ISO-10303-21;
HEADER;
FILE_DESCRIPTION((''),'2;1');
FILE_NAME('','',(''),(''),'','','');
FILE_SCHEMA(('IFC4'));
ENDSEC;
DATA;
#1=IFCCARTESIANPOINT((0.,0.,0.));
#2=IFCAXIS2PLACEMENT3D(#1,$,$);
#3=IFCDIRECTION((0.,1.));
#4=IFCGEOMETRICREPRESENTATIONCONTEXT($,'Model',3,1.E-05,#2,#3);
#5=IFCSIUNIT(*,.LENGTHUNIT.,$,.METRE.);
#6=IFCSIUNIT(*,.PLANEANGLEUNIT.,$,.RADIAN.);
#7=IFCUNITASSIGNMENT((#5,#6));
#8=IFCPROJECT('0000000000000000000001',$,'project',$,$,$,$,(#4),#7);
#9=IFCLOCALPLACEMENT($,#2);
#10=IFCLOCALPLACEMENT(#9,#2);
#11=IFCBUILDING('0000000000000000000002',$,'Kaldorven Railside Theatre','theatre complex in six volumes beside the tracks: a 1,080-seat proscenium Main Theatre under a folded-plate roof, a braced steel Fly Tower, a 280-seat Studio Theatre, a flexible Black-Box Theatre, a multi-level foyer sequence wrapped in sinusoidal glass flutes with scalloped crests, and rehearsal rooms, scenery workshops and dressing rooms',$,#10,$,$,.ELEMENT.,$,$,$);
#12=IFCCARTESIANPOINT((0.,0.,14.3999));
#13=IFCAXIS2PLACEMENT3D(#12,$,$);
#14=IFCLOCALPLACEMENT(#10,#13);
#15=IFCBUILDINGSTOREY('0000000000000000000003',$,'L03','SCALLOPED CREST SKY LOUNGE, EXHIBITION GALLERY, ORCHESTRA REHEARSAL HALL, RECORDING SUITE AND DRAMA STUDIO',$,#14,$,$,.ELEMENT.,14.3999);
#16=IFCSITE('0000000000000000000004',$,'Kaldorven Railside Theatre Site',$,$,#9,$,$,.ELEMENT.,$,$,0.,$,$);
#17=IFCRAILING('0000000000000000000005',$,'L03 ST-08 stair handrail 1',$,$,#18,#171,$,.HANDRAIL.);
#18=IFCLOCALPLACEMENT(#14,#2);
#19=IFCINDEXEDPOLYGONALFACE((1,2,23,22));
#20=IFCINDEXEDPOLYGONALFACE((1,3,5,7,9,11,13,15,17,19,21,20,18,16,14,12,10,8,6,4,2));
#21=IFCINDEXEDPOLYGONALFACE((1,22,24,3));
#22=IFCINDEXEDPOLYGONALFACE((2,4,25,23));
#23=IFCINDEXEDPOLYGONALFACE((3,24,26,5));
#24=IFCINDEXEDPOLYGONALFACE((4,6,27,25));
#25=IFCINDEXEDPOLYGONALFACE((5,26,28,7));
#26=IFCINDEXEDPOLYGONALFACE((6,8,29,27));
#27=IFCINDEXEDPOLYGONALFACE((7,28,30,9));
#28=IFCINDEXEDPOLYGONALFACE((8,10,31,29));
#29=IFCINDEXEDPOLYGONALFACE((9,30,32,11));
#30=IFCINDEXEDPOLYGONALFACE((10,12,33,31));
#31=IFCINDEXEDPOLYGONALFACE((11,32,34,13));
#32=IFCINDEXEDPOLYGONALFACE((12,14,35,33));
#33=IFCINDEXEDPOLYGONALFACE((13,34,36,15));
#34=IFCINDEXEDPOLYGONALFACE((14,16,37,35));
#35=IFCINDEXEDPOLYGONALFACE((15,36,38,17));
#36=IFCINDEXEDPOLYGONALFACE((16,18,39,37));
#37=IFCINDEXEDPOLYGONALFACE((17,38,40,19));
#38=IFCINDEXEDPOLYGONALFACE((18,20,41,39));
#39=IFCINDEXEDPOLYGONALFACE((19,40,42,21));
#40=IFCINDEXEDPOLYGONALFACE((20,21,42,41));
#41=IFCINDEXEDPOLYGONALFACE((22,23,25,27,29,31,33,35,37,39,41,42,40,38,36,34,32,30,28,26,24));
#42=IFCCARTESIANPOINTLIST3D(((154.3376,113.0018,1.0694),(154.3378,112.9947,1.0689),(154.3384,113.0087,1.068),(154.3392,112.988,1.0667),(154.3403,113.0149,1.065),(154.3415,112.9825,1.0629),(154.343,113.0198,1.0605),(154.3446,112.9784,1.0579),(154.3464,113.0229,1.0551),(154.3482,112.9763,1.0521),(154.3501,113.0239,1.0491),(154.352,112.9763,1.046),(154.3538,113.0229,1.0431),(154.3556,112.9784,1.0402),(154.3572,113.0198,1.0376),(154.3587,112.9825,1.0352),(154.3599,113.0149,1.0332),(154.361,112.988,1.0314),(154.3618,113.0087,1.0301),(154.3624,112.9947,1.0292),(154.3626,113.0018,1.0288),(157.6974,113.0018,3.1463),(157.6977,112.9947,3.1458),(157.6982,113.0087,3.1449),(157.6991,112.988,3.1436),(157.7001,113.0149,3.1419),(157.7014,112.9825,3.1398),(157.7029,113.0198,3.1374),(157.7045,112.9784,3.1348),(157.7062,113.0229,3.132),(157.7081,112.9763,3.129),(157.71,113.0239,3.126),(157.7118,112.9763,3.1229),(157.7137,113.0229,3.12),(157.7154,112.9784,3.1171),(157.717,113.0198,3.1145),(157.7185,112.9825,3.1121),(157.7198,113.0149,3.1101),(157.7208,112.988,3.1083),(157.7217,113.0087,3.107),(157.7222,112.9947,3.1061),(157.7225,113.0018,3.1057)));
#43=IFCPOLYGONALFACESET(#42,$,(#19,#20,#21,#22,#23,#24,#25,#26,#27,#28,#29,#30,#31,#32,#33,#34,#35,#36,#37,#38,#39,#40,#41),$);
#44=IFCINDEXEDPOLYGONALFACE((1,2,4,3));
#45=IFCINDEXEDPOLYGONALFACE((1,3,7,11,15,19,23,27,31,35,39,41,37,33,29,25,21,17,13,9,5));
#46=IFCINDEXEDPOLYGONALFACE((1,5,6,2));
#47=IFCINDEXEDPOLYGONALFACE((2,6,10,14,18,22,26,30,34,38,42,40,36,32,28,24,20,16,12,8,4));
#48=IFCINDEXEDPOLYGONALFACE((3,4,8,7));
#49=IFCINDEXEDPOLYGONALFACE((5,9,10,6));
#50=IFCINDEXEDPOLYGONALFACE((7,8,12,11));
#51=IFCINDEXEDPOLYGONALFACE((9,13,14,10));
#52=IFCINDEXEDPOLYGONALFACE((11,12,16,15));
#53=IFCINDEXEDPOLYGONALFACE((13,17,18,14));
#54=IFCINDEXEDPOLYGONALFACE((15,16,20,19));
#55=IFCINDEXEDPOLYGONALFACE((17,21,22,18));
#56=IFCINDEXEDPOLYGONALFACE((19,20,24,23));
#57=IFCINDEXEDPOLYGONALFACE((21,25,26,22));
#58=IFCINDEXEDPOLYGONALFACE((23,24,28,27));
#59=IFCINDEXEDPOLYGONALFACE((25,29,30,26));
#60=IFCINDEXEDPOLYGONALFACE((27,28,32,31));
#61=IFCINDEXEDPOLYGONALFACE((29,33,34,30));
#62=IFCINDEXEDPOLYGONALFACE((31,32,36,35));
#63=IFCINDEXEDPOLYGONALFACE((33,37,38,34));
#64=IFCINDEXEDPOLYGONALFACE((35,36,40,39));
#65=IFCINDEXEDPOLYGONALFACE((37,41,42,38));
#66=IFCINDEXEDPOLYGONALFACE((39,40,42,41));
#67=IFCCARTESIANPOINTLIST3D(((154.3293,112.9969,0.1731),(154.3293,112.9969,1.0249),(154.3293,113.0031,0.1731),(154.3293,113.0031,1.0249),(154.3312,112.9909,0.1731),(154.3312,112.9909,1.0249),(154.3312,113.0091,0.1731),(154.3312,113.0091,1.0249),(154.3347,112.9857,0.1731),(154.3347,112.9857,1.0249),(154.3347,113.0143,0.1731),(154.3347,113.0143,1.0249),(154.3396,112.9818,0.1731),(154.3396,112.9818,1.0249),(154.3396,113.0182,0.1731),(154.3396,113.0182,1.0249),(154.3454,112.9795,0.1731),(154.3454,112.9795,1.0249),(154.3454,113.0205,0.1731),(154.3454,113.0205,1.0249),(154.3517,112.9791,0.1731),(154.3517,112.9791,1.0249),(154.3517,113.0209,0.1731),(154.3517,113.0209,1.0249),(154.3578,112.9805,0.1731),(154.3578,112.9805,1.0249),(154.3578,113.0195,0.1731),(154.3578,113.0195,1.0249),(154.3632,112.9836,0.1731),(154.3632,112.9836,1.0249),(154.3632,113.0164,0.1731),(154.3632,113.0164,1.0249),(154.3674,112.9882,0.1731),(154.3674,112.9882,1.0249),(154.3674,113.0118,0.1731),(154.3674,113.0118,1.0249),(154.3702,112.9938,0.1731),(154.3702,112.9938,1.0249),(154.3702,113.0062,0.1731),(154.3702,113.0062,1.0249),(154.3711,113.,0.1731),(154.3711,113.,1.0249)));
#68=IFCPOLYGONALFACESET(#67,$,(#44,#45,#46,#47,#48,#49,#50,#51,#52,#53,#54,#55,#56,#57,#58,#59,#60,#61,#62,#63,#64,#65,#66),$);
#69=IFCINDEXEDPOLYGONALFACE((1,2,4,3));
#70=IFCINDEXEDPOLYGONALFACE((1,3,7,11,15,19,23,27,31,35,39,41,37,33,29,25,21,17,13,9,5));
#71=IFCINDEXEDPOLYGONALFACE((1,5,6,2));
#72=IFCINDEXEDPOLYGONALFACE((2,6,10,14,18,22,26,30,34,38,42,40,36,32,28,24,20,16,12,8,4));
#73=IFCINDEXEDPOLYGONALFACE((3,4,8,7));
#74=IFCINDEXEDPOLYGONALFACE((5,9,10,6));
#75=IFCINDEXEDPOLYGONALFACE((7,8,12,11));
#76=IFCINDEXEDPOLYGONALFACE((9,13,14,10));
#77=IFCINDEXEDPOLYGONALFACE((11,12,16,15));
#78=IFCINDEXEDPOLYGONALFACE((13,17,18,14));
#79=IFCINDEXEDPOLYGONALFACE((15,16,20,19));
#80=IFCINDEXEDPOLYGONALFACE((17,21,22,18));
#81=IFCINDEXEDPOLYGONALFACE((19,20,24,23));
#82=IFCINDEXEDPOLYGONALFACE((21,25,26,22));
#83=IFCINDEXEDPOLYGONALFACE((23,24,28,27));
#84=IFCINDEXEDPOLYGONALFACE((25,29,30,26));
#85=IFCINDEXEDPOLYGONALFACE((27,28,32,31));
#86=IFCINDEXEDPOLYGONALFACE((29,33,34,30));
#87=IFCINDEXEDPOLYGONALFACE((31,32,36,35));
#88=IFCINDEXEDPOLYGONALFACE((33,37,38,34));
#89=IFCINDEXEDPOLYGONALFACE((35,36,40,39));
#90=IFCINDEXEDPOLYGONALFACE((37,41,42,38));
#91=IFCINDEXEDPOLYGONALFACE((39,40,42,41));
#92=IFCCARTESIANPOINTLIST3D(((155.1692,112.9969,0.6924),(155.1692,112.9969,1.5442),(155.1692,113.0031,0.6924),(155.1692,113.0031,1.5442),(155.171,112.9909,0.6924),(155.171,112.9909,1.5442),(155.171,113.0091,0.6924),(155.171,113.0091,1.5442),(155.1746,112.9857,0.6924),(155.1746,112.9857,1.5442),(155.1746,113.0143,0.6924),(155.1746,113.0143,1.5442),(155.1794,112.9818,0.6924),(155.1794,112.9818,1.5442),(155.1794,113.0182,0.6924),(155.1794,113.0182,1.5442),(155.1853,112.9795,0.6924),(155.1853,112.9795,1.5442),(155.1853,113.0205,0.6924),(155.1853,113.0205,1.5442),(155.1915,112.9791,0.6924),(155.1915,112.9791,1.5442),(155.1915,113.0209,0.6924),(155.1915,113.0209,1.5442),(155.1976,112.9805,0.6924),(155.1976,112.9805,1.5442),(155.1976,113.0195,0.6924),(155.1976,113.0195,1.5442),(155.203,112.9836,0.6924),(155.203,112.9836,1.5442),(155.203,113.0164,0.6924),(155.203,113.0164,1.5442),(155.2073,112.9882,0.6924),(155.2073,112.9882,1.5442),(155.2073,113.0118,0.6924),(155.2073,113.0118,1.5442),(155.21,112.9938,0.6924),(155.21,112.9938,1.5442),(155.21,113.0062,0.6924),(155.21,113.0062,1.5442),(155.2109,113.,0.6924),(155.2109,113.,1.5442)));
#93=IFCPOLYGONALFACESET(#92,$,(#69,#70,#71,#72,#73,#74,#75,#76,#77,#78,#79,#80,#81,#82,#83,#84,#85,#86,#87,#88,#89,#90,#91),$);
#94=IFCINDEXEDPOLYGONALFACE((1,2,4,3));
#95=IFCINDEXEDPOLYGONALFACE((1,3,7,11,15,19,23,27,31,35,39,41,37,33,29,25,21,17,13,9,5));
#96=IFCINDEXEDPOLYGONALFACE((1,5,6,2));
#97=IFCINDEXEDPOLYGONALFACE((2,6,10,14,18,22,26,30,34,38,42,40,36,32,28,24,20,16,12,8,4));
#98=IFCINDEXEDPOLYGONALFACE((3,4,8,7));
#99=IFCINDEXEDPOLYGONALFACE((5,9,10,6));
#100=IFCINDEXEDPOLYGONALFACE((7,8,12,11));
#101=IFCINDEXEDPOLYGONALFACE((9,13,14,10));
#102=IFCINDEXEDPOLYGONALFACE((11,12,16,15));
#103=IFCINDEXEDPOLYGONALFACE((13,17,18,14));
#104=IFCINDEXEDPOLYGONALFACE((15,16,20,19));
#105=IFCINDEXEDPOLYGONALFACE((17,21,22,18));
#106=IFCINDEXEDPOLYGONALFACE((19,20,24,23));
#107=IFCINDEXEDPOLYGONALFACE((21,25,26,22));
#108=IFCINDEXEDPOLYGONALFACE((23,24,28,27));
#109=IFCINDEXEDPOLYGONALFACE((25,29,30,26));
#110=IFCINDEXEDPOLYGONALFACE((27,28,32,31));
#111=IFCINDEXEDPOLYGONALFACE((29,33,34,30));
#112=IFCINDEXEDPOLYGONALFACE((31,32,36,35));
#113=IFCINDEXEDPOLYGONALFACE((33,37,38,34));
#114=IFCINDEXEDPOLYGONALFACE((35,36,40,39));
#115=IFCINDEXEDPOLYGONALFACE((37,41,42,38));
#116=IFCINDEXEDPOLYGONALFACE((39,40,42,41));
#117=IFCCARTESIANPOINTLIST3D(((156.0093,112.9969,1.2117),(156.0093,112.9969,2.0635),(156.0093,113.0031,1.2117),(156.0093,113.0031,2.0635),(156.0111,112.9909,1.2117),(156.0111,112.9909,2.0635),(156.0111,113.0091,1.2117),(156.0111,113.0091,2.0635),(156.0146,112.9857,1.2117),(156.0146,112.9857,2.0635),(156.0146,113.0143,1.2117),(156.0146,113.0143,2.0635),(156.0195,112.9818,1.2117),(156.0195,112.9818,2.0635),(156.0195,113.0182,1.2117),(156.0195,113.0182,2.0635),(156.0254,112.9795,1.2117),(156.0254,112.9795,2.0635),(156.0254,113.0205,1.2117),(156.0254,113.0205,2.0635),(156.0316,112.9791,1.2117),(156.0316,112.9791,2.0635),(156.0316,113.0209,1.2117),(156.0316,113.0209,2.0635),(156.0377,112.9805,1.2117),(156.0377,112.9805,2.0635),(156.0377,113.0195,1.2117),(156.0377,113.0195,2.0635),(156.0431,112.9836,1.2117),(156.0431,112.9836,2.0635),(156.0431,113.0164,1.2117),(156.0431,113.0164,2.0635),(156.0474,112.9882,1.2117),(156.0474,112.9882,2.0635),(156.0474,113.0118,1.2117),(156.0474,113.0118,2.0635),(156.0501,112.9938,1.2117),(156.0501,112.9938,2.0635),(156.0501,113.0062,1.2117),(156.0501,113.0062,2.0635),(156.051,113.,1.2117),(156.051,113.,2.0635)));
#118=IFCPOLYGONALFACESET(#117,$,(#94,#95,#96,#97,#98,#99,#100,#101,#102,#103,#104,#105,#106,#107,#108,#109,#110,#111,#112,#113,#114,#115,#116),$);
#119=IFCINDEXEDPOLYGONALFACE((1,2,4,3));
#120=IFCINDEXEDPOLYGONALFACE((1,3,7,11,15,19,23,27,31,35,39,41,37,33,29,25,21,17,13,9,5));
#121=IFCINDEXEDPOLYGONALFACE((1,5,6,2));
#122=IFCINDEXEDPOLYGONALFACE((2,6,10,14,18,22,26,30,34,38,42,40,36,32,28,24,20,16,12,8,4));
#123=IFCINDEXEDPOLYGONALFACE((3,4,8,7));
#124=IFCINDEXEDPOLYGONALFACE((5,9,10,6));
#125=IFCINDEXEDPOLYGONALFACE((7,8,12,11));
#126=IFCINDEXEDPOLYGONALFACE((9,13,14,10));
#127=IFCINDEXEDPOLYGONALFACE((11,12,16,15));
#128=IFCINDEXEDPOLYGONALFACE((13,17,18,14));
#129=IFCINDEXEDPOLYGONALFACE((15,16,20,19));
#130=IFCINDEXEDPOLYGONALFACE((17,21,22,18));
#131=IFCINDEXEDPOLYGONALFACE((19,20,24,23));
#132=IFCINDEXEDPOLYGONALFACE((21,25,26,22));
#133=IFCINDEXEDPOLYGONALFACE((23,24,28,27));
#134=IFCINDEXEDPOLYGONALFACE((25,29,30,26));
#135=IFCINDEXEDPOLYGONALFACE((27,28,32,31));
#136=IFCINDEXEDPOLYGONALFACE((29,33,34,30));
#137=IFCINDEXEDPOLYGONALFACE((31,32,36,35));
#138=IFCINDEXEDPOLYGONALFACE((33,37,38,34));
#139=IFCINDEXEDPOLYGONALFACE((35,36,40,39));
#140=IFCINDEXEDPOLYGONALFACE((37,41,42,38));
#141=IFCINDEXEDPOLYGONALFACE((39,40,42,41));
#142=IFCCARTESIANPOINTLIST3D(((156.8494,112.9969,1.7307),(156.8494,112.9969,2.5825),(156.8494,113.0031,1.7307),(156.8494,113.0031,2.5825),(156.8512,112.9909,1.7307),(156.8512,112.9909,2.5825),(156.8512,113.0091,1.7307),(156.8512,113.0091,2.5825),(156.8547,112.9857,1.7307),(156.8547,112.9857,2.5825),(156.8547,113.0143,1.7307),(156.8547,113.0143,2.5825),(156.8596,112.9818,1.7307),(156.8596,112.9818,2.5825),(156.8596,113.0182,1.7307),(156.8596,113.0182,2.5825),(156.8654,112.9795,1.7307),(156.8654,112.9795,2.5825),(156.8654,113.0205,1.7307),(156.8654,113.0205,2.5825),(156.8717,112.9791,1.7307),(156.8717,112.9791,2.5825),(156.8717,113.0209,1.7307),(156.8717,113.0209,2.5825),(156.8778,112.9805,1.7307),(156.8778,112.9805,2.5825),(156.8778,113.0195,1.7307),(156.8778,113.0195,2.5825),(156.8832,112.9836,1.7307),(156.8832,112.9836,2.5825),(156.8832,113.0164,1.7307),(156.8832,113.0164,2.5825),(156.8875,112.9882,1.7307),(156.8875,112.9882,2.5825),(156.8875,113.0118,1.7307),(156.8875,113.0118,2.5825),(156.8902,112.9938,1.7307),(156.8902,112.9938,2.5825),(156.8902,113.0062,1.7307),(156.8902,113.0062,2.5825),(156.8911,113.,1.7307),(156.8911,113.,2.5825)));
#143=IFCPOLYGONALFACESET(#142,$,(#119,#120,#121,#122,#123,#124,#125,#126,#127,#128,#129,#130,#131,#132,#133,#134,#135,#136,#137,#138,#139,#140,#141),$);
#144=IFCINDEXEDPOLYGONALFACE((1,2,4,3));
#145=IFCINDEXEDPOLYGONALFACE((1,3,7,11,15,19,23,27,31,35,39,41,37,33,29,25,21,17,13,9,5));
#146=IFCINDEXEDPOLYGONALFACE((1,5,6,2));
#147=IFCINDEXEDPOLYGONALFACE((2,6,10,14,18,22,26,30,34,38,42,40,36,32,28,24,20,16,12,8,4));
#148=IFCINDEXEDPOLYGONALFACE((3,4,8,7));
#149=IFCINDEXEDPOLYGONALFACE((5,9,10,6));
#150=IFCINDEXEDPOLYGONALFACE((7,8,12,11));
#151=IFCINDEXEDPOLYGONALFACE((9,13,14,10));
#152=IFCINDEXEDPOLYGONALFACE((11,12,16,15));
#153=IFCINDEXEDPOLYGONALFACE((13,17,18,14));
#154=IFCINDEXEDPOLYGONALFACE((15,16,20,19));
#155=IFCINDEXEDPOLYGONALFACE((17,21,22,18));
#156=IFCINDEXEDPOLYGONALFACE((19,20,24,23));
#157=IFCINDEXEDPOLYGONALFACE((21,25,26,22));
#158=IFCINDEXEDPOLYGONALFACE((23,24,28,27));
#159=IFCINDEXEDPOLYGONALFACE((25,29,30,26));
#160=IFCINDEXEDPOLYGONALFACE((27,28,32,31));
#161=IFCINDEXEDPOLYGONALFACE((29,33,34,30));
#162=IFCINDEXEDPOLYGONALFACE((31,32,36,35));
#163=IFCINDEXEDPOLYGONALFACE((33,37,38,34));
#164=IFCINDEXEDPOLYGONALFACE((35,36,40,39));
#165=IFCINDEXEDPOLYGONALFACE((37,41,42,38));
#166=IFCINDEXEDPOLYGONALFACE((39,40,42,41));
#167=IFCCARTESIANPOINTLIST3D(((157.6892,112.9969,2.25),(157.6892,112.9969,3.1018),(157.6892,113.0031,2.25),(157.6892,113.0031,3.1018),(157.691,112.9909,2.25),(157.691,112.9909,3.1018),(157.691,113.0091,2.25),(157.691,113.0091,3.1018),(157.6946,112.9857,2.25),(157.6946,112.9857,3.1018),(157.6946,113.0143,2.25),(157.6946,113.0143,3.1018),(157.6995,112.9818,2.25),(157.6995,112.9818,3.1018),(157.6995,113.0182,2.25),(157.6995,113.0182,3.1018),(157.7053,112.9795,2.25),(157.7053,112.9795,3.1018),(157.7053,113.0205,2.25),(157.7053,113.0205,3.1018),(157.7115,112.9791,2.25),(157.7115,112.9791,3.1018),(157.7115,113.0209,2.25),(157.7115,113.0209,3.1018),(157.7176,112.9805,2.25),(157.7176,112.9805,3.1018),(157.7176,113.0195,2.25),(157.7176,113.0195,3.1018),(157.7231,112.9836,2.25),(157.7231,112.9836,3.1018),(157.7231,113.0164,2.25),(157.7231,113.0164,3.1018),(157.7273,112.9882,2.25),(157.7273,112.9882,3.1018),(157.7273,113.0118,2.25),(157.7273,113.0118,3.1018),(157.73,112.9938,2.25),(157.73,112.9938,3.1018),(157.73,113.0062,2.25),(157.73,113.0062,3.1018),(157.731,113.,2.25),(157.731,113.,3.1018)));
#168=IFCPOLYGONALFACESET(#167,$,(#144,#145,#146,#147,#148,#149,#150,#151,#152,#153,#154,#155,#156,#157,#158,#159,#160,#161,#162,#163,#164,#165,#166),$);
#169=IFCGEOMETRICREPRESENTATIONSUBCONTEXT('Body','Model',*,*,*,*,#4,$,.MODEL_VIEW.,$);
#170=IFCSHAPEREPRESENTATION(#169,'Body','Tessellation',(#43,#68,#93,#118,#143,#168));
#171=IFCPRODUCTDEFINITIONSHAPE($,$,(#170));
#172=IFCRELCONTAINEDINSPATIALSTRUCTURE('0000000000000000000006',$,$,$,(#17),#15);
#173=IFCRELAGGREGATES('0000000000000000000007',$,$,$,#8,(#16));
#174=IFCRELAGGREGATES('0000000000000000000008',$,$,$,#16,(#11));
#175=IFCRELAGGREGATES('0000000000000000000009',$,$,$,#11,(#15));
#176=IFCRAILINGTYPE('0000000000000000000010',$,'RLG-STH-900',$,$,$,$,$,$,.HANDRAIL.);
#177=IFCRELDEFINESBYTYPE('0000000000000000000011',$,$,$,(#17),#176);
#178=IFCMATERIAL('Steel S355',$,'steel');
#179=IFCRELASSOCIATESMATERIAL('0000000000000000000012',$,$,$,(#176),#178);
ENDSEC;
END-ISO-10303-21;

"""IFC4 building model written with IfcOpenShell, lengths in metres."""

from ifc_helpers import new_model, si_unit, direction, frame, origin, origin_2d, place, context, subcontext, project, spatial, circle, extrude, material, type_object, element, save


model = new_model("IFC4")

# Units and contexts
model_context = context("Model", 3, precision=1e-05, world=origin(), true_north=direction((0.0, 1.0)))
body_context = subcontext(model_context, "Body", "Model", "MODEL_VIEW")
ifc_project = project(units=[si_unit("LENGTHUNIT", "METRE"), si_unit("PLANEANGLEUNIT", "RADIAN")], contexts=[model_context])

# Site, building, storey
site_placement = place(None, origin())
site = spatial("IfcSite", under=ifc_project, at=site_placement, Name="Kaldorven Railside Theatre Site", CompositionType="ELEMENT", RefElevation=0.0)
building_placement = place(site_placement, origin())
building = spatial("IfcBuilding", under=site, at=building_placement, Name="Kaldorven Railside Theatre", Description="theatre complex in six volumes beside the tracks: a 1,080-seat proscenium Main Theatre under a folded-plate roof, a braced steel Fly Tower, a 280-seat Studio Theatre, a flexible Black-Box Theatre, a multi-level foyer sequence wrapped in sinusoidal glass flutes with scalloped crests, and rehearsal rooms, scenery workshops and dressing rooms", CompositionType="ELEMENT")
storey_placement = place(building_placement, frame((0.0, 0.0, 14.3999)))
storey = spatial("IfcBuildingStorey", under=building, at=storey_placement, Name="L03", Description="SCALLOPED CREST SKY LOUNGE, EXHIBITION GALLERY, ORCHESTRA REHEARSAL HALL, RECORDING SUITE AND DRAMA STUDIO", CompositionType="ELEMENT", Elevation=14.3999)

# Shared definitions
ifc_material_1 = material(Name="Steel S355", Category="steel")

# Railing
railing_type_1 = type_object("IfcRailingType", Name="RLG-STH-900", PredefinedType="HANDRAIL", material=ifc_material_1)
railing_1_placement = place(storey_placement, frame((154.3501, 113.0, 0.1731)))
element("IfcRailing", 1, at=railing_1_placement, inside=storey, type_object=railing_type_1, Name="L03 ST-08 stair handrail 1", PredefinedType="HANDRAIL", context=body_context, shape_type="SweptSolid", body=[
    extrude(circle(Radius=0.0239, at=origin_2d()), frame((0.0, 0.0, 0.876), z_axis=(0.850606, 0.0, 0.525803), x_axis=(0.0, 1.0, 0.0)), (0.0, 0.0, 1.0), 3.95),
    extrude(circle(Radius=0.021, at=origin_2d()), origin(), (0.0, 0.0, 1.0), 0.8518),
    extrude(circle(Radius=0.021, at=origin_2d()), frame((0.8398, 0.0, 0.5193)), (0.0, 0.0, 1.0), 0.8518),
    extrude(circle(Radius=0.021, at=origin_2d()), frame((1.6799, 0.0, 1.0386)), (0.0, 0.0, 1.0), 0.8518),
    extrude(circle(Radius=0.021, at=origin_2d()), frame((2.52, 0.0, 1.5576)), (0.0, 0.0, 1.0), 0.8518),
    extrude(circle(Radius=0.021, at=origin_2d()), frame((3.3599, 0.0, 2.0769)), (0.0, 0.0, 1.0), 0.8518),
])

save(model, "model.ifc")
